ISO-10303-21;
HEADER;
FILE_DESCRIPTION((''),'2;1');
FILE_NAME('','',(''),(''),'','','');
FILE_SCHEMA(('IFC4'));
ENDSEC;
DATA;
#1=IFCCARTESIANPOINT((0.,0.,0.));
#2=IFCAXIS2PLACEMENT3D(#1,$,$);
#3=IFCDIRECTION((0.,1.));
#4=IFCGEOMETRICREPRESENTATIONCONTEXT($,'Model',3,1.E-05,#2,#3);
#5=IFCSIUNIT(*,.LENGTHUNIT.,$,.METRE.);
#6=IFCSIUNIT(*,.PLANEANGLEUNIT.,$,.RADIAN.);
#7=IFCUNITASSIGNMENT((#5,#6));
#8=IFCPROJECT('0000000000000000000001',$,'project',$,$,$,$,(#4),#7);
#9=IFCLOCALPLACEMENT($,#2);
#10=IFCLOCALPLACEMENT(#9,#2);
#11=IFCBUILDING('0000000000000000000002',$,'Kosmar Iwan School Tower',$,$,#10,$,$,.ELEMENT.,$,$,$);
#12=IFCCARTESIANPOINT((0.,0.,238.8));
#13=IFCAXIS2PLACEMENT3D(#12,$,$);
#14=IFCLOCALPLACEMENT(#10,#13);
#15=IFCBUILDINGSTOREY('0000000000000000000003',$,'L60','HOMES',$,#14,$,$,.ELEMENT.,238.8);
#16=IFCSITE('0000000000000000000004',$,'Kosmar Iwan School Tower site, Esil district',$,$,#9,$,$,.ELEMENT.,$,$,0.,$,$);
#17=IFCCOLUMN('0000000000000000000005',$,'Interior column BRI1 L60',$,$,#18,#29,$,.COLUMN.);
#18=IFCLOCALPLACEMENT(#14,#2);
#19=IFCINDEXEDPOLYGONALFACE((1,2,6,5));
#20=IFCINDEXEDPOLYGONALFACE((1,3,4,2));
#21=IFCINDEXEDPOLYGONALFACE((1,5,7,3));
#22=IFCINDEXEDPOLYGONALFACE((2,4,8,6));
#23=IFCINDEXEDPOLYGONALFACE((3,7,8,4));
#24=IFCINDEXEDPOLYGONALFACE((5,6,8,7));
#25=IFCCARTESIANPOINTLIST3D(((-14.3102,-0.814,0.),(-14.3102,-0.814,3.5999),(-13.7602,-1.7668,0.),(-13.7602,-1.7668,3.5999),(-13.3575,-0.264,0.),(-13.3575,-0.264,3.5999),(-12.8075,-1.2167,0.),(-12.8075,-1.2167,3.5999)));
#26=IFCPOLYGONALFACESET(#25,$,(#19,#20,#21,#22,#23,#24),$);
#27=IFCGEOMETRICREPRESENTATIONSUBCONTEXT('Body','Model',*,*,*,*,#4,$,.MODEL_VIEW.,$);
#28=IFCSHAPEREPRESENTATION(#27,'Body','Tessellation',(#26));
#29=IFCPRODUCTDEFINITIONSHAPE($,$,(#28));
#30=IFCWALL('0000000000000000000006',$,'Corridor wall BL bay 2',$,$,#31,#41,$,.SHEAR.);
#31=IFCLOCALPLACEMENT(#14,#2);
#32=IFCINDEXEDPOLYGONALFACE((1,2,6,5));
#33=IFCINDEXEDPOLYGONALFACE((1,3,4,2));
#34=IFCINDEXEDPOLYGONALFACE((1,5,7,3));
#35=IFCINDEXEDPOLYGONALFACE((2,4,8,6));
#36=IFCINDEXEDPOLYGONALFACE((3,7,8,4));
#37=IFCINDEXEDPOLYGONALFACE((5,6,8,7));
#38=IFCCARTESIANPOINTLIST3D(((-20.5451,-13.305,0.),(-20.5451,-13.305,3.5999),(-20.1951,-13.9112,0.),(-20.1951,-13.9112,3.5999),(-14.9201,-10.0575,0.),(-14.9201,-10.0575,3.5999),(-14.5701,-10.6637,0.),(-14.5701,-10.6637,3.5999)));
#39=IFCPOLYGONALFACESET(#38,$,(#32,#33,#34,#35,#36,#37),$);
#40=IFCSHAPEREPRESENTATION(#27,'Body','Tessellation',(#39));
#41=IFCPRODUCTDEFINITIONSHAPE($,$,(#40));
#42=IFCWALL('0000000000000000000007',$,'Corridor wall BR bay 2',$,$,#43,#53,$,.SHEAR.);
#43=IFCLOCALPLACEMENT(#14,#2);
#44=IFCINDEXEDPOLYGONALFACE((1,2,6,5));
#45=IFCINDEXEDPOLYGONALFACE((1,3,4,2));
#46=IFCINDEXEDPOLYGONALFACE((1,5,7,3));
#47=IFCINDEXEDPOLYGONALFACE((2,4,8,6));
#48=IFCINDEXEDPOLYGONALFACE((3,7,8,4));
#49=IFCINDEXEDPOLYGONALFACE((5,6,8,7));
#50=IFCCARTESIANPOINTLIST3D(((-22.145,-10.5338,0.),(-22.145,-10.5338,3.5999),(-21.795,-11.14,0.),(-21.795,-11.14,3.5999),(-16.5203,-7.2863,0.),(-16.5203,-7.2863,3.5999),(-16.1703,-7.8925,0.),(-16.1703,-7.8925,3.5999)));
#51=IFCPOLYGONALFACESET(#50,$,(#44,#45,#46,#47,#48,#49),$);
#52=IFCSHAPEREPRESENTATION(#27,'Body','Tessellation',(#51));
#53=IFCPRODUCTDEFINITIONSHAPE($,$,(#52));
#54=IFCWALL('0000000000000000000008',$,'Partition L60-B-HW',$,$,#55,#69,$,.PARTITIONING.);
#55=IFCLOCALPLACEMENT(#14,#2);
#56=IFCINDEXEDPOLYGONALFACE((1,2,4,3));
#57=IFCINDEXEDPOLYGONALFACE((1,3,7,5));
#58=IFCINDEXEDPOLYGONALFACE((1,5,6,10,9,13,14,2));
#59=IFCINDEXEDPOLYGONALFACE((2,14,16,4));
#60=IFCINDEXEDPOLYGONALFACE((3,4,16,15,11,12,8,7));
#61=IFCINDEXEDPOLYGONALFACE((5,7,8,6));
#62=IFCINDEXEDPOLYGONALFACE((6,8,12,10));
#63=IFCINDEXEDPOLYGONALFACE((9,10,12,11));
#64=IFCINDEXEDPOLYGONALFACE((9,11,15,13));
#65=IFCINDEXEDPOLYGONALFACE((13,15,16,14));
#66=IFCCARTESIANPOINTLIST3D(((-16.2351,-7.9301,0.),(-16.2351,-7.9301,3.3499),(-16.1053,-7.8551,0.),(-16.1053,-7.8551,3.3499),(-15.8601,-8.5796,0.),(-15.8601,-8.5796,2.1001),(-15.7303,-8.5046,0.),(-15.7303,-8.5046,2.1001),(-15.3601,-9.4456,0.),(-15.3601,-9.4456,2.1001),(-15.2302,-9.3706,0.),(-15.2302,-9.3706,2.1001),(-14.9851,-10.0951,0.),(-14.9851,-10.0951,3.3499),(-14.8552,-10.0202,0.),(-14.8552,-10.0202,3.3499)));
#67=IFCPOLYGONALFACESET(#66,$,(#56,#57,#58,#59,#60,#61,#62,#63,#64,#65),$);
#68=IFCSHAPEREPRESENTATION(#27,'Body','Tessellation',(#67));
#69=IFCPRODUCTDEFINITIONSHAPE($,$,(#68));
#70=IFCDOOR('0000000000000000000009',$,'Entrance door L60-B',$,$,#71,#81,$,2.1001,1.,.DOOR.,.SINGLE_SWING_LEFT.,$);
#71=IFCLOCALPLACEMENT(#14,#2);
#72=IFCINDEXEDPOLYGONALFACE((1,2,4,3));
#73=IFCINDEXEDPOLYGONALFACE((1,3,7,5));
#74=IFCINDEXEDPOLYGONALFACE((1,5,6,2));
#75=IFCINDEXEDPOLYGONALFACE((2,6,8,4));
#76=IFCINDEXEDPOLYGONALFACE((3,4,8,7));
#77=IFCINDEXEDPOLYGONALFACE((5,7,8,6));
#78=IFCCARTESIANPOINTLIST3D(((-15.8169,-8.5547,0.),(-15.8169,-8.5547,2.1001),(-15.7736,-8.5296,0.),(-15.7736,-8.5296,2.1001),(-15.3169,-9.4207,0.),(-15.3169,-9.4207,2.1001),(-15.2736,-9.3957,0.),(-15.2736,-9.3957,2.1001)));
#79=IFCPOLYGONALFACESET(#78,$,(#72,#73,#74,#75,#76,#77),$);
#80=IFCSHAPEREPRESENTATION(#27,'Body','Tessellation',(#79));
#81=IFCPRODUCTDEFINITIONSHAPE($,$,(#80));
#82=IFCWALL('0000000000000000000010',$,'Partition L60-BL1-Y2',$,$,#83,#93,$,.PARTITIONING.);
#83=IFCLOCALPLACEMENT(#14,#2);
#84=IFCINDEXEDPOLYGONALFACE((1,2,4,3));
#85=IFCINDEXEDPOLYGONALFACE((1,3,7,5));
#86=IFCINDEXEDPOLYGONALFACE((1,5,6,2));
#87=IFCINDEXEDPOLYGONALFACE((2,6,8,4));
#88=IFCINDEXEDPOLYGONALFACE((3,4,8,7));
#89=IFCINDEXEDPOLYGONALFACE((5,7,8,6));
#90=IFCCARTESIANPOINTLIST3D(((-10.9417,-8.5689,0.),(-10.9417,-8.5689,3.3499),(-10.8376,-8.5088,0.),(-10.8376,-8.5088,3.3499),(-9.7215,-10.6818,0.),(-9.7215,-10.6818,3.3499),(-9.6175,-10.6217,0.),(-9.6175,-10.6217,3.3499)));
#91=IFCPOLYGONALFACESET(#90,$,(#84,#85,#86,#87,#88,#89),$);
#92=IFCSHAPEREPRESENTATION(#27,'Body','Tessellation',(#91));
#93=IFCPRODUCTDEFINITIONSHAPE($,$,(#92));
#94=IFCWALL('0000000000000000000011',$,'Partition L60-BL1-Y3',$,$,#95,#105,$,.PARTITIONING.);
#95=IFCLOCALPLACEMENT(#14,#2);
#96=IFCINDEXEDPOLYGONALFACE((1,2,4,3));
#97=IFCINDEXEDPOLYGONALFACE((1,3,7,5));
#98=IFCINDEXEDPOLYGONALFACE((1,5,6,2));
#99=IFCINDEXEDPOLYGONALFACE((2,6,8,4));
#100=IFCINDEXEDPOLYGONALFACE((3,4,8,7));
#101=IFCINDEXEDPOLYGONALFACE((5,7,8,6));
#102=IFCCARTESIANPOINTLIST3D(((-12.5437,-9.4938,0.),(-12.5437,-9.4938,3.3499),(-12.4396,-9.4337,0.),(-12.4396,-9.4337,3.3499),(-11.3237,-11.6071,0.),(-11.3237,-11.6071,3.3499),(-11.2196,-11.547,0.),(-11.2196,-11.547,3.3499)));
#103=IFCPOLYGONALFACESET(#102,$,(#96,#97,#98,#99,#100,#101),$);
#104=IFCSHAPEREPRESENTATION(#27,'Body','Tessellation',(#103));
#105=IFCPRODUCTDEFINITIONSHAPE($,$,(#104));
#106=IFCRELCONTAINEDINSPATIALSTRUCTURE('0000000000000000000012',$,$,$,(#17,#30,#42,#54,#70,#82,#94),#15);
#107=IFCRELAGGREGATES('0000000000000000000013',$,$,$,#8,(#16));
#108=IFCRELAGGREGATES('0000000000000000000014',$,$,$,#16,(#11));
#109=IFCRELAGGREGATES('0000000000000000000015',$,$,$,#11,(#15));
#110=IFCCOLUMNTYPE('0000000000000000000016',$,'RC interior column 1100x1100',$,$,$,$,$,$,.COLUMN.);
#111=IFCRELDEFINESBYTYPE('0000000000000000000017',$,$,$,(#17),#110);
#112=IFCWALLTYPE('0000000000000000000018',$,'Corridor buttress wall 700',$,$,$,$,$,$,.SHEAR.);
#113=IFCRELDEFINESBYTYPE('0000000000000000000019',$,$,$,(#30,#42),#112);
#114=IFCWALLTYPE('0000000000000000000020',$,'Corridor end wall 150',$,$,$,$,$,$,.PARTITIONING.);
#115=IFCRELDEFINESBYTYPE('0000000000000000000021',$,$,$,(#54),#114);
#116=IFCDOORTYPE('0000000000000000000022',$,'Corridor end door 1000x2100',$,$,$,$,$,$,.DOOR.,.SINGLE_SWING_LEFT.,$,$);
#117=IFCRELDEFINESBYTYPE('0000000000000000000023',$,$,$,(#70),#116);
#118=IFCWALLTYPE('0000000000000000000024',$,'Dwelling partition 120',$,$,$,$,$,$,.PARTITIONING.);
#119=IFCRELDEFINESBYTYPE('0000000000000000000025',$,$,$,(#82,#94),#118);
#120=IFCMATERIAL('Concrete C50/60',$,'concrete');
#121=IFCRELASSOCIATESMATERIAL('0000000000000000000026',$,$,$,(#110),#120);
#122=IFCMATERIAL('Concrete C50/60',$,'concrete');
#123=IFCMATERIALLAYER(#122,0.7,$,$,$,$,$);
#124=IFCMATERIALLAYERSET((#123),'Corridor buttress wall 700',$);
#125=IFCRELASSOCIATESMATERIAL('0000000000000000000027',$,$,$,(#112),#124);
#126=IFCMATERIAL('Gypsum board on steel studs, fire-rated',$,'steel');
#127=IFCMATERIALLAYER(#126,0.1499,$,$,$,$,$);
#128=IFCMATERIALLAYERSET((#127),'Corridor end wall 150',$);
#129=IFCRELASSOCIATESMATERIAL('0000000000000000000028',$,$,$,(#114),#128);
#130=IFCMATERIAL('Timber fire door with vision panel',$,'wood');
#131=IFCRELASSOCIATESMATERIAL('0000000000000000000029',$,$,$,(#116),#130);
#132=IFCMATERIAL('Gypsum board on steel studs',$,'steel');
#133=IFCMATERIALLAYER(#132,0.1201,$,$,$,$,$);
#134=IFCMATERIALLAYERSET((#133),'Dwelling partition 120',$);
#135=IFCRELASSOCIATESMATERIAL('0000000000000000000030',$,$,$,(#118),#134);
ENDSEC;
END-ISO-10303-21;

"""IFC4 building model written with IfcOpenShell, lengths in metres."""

from ifc_helpers import new_model, si_unit, direction, frame, frame_2d, origin, origin_2d, place, context, subcontext, project, spatial, rectangle, extrude, material, layer, layer_set, material_profile, profile_set, type_object, element, fill, save


model = new_model("IFC4")

# Units and contexts
model_context = context("Model", 3, precision=1e-05, world=origin(), true_north=direction((0.0, 1.0)))
body_context = subcontext(model_context, "Body", "Model", "MODEL_VIEW")
ifc_project = project(units=[si_unit("LENGTHUNIT", "METRE"), si_unit("PLANEANGLEUNIT", "RADIAN")], contexts=[model_context])

# Site, building, storey
site_placement = place(None, origin())
site = spatial("IfcSite", under=ifc_project, at=site_placement, Name="Kosmar Iwan School Tower site, Esil district", CompositionType="ELEMENT", RefElevation=0.0)
building_placement = place(site_placement, origin())
building = spatial("IfcBuilding", under=site, at=building_placement, Name="Kosmar Iwan School Tower", CompositionType="ELEMENT")
storey_placement = place(building_placement, frame((0.0, 0.0, 238.8)))
storey = spatial("IfcBuildingStorey", under=building, at=storey_placement, Name="L60", Description="HOMES", CompositionType="ELEMENT", Elevation=238.8)

# Column
ifc_material_1 = material(Name="Concrete C50/60", Category="concrete")
ifc_material_profile = material_profile(ifc_material_1, rectangle(XDim=1.1001, YDim=1.1001, at=origin_2d()), Name="RC 1100x1100")
ifc_profile_set = profile_set([ifc_material_profile], Name="Concrete C50/60")
column_type = type_object("IfcColumnType", Name="RC interior column 1100x1100", PredefinedType="COLUMN", material=ifc_profile_set)
column_placement = place(storey_placement, frame((-13.5588, -1.0154, 0.0), z_axis=(0.0, 0.0, 1.0), x_axis=(-0.866025, -0.5, 0.0)))
element("IfcColumn", 1, at=column_placement, inside=storey, type_object=column_type, Name="Interior column BRI1 L60", PredefinedType="COLUMN", context=body_context, shape_type="SweptSolid", body=[
    extrude(rectangle(XDim=1.1001, YDim=1.1001, at=origin_2d()), origin(), (0.0, 0.0, 1.0), 3.5999),
])

# Walls
ifc_material_2 = material(Name="Concrete C50/60", Category="concrete")
ifc_layer_1 = layer(ifc_material_2, 0.7)
ifc_layer_set_1 = layer_set([ifc_layer_1], Name="Corridor buttress wall 700")
wall_type_1 = type_object("IfcWallType", Name="Corridor buttress wall 700", PredefinedType="SHEAR", material=ifc_layer_set_1)
wall_1_placement = place(storey_placement, frame((-14.7451, -10.3606, 0.0), z_axis=(0.0, 0.0, 1.0), x_axis=(-0.866028, -0.499996, 0.0)))
element("IfcWall", 2, at=wall_1_placement, inside=storey, type_object=wall_type_1, Name="Corridor wall BL bay 2", PredefinedType="SHEAR", context=body_context, shape_type="SweptSolid", body=[
    extrude(rectangle(XDim=6.4951, YDim=0.7, at=frame_2d((3.2476, 0.0))), origin(), (0.0, 0.0, 1.0), 3.5999),
])
wall_2_placement = place(storey_placement, frame((-16.3452, -7.5894, 0.0), z_axis=(0.0, 0.0, 1.0), x_axis=(-0.866018, -0.500012, 0.0)))
element("IfcWall", 3, at=wall_2_placement, inside=storey, type_object=wall_type_1, Name="Corridor wall BR bay 2", PredefinedType="SHEAR", context=body_context, shape_type="SweptSolid", body=[
    extrude(rectangle(XDim=6.4949, YDim=0.7, at=frame_2d((3.2476, 0.0))), origin(), (0.0, 0.0, 1.0), 3.5999),
])

# Wall, opening, door
ifc_material_3 = material(Name="Gypsum board on steel studs, fire-rated", Category="steel")
ifc_layer_2 = layer(ifc_material_3, 0.1499)
ifc_layer_set_2 = layer_set([ifc_layer_2], Name="Corridor end wall 150")
wall_type_2 = type_object("IfcWallType", Name="Corridor end wall 150", PredefinedType="PARTITIONING", material=ifc_layer_set_2)
wall_3_placement = place(storey_placement, frame((-16.1702, -7.8926, 0.0), z_axis=(0.0, 0.0, 1.0), x_axis=(0.500004, -0.866023, 0.0)))
wall_3 = element("IfcWall", 4, at=wall_3_placement, inside=storey, type_object=wall_type_2, Name="Partition L60-B-HW", PredefinedType="PARTITIONING", context=body_context, shape_type="SweptSolid", body=[
    extrude(rectangle(XDim=2.5, YDim=0.1499, at=frame_2d((1.25, 0.0))), origin(), (0.0, 0.0, 1.0), 3.3499),
])
opening_1_placement = place(wall_3_placement, frame((0.75, 0.0, 0.0)))
opening_1 = element("IfcOpeningElement", 5, at=opening_1_placement, cuts=wall_3, PredefinedType="OPENING", context=body_context, shape_type="SweptSolid", body=[
    extrude(rectangle(XDim=1.0, YDim=2.1001, at=frame_2d((0.5, 1.05))), frame((0.0, 0.0869, 0.0), z_axis=(0.0, -1.0, 0.0), x_axis=(1.0, 0.0, 0.0)), (0.0, 0.0, 1.0), 0.1738),
])
ifc_material_4 = material(Name="Timber fire door with vision panel", Category="wood")
door_type_1 = type_object("IfcDoorType", Name="Corridor end door 1000x2100", OperationType="SINGLE_SWING_LEFT", PredefinedType="DOOR", material=ifc_material_4)
door_1_placement = place(opening_1_placement, origin())
door_1 = element("IfcDoor", 6, at=door_1_placement, inside=storey, type_object=door_type_1, Name="Entrance door L60-B", OperationType="SINGLE_SWING_LEFT", OverallHeight=2.1001, OverallWidth=1.0, PredefinedType="DOOR", context=body_context, shape_type="SweptSolid", body=[
    extrude(rectangle(XDim=1.0, YDim=2.1001, at=frame_2d((0.5, 1.05))), frame((0.0, 0.0249, 0.0), z_axis=(0.0, -1.0, 0.0), x_axis=(1.0, 0.0, 0.0)), (0.0, 0.0, 1.0), 0.05),
])
fill(opening_1, door_1)

# Walls
ifc_material_5 = material(Name="Gypsum board on steel studs", Category="steel")
ifc_layer_3 = layer(ifc_material_5, 0.1201)
ifc_layer_set_3 = layer_set([ifc_layer_3], Name="Dwelling partition 120")
wall_type_3 = type_object("IfcWallType", Name="Dwelling partition 120", PredefinedType="PARTITIONING", material=ifc_layer_set_3)
wall_4_placement = place(storey_placement, frame((-10.8896, -8.5388, 0.0), z_axis=(0.0, 0.0, 1.0), x_axis=(0.500078, -0.865981, 0.0)))
element("IfcWall", 7, at=wall_4_placement, inside=storey, type_object=wall_type_3, Name="Partition L60-BL1-Y2", PredefinedType="PARTITIONING", context=body_context, shape_type="SweptSolid", body=[
    extrude(rectangle(XDim=2.4399, YDim=0.1201, at=frame_2d((1.22, 0.0))), origin(), (0.0, 0.0, 1.0), 3.3499),
])
wall_5_placement = place(storey_placement, frame((-12.4917, -9.4636, 0.0), z_axis=(0.0, 0.0, 1.0), x_axis=(0.499959, -0.866049, 0.0)))
element("IfcWall", 8, at=wall_5_placement, inside=storey, type_object=wall_type_3, Name="Partition L60-BL1-Y3", PredefinedType="PARTITIONING", context=body_context, shape_type="SweptSolid", body=[
    extrude(rectangle(XDim=2.4402, YDim=0.1201, at=frame_2d((1.2202, 0.0))), origin(), (0.0, 0.0, 1.0), 3.3499),
])

save(model, "model.ifc")
